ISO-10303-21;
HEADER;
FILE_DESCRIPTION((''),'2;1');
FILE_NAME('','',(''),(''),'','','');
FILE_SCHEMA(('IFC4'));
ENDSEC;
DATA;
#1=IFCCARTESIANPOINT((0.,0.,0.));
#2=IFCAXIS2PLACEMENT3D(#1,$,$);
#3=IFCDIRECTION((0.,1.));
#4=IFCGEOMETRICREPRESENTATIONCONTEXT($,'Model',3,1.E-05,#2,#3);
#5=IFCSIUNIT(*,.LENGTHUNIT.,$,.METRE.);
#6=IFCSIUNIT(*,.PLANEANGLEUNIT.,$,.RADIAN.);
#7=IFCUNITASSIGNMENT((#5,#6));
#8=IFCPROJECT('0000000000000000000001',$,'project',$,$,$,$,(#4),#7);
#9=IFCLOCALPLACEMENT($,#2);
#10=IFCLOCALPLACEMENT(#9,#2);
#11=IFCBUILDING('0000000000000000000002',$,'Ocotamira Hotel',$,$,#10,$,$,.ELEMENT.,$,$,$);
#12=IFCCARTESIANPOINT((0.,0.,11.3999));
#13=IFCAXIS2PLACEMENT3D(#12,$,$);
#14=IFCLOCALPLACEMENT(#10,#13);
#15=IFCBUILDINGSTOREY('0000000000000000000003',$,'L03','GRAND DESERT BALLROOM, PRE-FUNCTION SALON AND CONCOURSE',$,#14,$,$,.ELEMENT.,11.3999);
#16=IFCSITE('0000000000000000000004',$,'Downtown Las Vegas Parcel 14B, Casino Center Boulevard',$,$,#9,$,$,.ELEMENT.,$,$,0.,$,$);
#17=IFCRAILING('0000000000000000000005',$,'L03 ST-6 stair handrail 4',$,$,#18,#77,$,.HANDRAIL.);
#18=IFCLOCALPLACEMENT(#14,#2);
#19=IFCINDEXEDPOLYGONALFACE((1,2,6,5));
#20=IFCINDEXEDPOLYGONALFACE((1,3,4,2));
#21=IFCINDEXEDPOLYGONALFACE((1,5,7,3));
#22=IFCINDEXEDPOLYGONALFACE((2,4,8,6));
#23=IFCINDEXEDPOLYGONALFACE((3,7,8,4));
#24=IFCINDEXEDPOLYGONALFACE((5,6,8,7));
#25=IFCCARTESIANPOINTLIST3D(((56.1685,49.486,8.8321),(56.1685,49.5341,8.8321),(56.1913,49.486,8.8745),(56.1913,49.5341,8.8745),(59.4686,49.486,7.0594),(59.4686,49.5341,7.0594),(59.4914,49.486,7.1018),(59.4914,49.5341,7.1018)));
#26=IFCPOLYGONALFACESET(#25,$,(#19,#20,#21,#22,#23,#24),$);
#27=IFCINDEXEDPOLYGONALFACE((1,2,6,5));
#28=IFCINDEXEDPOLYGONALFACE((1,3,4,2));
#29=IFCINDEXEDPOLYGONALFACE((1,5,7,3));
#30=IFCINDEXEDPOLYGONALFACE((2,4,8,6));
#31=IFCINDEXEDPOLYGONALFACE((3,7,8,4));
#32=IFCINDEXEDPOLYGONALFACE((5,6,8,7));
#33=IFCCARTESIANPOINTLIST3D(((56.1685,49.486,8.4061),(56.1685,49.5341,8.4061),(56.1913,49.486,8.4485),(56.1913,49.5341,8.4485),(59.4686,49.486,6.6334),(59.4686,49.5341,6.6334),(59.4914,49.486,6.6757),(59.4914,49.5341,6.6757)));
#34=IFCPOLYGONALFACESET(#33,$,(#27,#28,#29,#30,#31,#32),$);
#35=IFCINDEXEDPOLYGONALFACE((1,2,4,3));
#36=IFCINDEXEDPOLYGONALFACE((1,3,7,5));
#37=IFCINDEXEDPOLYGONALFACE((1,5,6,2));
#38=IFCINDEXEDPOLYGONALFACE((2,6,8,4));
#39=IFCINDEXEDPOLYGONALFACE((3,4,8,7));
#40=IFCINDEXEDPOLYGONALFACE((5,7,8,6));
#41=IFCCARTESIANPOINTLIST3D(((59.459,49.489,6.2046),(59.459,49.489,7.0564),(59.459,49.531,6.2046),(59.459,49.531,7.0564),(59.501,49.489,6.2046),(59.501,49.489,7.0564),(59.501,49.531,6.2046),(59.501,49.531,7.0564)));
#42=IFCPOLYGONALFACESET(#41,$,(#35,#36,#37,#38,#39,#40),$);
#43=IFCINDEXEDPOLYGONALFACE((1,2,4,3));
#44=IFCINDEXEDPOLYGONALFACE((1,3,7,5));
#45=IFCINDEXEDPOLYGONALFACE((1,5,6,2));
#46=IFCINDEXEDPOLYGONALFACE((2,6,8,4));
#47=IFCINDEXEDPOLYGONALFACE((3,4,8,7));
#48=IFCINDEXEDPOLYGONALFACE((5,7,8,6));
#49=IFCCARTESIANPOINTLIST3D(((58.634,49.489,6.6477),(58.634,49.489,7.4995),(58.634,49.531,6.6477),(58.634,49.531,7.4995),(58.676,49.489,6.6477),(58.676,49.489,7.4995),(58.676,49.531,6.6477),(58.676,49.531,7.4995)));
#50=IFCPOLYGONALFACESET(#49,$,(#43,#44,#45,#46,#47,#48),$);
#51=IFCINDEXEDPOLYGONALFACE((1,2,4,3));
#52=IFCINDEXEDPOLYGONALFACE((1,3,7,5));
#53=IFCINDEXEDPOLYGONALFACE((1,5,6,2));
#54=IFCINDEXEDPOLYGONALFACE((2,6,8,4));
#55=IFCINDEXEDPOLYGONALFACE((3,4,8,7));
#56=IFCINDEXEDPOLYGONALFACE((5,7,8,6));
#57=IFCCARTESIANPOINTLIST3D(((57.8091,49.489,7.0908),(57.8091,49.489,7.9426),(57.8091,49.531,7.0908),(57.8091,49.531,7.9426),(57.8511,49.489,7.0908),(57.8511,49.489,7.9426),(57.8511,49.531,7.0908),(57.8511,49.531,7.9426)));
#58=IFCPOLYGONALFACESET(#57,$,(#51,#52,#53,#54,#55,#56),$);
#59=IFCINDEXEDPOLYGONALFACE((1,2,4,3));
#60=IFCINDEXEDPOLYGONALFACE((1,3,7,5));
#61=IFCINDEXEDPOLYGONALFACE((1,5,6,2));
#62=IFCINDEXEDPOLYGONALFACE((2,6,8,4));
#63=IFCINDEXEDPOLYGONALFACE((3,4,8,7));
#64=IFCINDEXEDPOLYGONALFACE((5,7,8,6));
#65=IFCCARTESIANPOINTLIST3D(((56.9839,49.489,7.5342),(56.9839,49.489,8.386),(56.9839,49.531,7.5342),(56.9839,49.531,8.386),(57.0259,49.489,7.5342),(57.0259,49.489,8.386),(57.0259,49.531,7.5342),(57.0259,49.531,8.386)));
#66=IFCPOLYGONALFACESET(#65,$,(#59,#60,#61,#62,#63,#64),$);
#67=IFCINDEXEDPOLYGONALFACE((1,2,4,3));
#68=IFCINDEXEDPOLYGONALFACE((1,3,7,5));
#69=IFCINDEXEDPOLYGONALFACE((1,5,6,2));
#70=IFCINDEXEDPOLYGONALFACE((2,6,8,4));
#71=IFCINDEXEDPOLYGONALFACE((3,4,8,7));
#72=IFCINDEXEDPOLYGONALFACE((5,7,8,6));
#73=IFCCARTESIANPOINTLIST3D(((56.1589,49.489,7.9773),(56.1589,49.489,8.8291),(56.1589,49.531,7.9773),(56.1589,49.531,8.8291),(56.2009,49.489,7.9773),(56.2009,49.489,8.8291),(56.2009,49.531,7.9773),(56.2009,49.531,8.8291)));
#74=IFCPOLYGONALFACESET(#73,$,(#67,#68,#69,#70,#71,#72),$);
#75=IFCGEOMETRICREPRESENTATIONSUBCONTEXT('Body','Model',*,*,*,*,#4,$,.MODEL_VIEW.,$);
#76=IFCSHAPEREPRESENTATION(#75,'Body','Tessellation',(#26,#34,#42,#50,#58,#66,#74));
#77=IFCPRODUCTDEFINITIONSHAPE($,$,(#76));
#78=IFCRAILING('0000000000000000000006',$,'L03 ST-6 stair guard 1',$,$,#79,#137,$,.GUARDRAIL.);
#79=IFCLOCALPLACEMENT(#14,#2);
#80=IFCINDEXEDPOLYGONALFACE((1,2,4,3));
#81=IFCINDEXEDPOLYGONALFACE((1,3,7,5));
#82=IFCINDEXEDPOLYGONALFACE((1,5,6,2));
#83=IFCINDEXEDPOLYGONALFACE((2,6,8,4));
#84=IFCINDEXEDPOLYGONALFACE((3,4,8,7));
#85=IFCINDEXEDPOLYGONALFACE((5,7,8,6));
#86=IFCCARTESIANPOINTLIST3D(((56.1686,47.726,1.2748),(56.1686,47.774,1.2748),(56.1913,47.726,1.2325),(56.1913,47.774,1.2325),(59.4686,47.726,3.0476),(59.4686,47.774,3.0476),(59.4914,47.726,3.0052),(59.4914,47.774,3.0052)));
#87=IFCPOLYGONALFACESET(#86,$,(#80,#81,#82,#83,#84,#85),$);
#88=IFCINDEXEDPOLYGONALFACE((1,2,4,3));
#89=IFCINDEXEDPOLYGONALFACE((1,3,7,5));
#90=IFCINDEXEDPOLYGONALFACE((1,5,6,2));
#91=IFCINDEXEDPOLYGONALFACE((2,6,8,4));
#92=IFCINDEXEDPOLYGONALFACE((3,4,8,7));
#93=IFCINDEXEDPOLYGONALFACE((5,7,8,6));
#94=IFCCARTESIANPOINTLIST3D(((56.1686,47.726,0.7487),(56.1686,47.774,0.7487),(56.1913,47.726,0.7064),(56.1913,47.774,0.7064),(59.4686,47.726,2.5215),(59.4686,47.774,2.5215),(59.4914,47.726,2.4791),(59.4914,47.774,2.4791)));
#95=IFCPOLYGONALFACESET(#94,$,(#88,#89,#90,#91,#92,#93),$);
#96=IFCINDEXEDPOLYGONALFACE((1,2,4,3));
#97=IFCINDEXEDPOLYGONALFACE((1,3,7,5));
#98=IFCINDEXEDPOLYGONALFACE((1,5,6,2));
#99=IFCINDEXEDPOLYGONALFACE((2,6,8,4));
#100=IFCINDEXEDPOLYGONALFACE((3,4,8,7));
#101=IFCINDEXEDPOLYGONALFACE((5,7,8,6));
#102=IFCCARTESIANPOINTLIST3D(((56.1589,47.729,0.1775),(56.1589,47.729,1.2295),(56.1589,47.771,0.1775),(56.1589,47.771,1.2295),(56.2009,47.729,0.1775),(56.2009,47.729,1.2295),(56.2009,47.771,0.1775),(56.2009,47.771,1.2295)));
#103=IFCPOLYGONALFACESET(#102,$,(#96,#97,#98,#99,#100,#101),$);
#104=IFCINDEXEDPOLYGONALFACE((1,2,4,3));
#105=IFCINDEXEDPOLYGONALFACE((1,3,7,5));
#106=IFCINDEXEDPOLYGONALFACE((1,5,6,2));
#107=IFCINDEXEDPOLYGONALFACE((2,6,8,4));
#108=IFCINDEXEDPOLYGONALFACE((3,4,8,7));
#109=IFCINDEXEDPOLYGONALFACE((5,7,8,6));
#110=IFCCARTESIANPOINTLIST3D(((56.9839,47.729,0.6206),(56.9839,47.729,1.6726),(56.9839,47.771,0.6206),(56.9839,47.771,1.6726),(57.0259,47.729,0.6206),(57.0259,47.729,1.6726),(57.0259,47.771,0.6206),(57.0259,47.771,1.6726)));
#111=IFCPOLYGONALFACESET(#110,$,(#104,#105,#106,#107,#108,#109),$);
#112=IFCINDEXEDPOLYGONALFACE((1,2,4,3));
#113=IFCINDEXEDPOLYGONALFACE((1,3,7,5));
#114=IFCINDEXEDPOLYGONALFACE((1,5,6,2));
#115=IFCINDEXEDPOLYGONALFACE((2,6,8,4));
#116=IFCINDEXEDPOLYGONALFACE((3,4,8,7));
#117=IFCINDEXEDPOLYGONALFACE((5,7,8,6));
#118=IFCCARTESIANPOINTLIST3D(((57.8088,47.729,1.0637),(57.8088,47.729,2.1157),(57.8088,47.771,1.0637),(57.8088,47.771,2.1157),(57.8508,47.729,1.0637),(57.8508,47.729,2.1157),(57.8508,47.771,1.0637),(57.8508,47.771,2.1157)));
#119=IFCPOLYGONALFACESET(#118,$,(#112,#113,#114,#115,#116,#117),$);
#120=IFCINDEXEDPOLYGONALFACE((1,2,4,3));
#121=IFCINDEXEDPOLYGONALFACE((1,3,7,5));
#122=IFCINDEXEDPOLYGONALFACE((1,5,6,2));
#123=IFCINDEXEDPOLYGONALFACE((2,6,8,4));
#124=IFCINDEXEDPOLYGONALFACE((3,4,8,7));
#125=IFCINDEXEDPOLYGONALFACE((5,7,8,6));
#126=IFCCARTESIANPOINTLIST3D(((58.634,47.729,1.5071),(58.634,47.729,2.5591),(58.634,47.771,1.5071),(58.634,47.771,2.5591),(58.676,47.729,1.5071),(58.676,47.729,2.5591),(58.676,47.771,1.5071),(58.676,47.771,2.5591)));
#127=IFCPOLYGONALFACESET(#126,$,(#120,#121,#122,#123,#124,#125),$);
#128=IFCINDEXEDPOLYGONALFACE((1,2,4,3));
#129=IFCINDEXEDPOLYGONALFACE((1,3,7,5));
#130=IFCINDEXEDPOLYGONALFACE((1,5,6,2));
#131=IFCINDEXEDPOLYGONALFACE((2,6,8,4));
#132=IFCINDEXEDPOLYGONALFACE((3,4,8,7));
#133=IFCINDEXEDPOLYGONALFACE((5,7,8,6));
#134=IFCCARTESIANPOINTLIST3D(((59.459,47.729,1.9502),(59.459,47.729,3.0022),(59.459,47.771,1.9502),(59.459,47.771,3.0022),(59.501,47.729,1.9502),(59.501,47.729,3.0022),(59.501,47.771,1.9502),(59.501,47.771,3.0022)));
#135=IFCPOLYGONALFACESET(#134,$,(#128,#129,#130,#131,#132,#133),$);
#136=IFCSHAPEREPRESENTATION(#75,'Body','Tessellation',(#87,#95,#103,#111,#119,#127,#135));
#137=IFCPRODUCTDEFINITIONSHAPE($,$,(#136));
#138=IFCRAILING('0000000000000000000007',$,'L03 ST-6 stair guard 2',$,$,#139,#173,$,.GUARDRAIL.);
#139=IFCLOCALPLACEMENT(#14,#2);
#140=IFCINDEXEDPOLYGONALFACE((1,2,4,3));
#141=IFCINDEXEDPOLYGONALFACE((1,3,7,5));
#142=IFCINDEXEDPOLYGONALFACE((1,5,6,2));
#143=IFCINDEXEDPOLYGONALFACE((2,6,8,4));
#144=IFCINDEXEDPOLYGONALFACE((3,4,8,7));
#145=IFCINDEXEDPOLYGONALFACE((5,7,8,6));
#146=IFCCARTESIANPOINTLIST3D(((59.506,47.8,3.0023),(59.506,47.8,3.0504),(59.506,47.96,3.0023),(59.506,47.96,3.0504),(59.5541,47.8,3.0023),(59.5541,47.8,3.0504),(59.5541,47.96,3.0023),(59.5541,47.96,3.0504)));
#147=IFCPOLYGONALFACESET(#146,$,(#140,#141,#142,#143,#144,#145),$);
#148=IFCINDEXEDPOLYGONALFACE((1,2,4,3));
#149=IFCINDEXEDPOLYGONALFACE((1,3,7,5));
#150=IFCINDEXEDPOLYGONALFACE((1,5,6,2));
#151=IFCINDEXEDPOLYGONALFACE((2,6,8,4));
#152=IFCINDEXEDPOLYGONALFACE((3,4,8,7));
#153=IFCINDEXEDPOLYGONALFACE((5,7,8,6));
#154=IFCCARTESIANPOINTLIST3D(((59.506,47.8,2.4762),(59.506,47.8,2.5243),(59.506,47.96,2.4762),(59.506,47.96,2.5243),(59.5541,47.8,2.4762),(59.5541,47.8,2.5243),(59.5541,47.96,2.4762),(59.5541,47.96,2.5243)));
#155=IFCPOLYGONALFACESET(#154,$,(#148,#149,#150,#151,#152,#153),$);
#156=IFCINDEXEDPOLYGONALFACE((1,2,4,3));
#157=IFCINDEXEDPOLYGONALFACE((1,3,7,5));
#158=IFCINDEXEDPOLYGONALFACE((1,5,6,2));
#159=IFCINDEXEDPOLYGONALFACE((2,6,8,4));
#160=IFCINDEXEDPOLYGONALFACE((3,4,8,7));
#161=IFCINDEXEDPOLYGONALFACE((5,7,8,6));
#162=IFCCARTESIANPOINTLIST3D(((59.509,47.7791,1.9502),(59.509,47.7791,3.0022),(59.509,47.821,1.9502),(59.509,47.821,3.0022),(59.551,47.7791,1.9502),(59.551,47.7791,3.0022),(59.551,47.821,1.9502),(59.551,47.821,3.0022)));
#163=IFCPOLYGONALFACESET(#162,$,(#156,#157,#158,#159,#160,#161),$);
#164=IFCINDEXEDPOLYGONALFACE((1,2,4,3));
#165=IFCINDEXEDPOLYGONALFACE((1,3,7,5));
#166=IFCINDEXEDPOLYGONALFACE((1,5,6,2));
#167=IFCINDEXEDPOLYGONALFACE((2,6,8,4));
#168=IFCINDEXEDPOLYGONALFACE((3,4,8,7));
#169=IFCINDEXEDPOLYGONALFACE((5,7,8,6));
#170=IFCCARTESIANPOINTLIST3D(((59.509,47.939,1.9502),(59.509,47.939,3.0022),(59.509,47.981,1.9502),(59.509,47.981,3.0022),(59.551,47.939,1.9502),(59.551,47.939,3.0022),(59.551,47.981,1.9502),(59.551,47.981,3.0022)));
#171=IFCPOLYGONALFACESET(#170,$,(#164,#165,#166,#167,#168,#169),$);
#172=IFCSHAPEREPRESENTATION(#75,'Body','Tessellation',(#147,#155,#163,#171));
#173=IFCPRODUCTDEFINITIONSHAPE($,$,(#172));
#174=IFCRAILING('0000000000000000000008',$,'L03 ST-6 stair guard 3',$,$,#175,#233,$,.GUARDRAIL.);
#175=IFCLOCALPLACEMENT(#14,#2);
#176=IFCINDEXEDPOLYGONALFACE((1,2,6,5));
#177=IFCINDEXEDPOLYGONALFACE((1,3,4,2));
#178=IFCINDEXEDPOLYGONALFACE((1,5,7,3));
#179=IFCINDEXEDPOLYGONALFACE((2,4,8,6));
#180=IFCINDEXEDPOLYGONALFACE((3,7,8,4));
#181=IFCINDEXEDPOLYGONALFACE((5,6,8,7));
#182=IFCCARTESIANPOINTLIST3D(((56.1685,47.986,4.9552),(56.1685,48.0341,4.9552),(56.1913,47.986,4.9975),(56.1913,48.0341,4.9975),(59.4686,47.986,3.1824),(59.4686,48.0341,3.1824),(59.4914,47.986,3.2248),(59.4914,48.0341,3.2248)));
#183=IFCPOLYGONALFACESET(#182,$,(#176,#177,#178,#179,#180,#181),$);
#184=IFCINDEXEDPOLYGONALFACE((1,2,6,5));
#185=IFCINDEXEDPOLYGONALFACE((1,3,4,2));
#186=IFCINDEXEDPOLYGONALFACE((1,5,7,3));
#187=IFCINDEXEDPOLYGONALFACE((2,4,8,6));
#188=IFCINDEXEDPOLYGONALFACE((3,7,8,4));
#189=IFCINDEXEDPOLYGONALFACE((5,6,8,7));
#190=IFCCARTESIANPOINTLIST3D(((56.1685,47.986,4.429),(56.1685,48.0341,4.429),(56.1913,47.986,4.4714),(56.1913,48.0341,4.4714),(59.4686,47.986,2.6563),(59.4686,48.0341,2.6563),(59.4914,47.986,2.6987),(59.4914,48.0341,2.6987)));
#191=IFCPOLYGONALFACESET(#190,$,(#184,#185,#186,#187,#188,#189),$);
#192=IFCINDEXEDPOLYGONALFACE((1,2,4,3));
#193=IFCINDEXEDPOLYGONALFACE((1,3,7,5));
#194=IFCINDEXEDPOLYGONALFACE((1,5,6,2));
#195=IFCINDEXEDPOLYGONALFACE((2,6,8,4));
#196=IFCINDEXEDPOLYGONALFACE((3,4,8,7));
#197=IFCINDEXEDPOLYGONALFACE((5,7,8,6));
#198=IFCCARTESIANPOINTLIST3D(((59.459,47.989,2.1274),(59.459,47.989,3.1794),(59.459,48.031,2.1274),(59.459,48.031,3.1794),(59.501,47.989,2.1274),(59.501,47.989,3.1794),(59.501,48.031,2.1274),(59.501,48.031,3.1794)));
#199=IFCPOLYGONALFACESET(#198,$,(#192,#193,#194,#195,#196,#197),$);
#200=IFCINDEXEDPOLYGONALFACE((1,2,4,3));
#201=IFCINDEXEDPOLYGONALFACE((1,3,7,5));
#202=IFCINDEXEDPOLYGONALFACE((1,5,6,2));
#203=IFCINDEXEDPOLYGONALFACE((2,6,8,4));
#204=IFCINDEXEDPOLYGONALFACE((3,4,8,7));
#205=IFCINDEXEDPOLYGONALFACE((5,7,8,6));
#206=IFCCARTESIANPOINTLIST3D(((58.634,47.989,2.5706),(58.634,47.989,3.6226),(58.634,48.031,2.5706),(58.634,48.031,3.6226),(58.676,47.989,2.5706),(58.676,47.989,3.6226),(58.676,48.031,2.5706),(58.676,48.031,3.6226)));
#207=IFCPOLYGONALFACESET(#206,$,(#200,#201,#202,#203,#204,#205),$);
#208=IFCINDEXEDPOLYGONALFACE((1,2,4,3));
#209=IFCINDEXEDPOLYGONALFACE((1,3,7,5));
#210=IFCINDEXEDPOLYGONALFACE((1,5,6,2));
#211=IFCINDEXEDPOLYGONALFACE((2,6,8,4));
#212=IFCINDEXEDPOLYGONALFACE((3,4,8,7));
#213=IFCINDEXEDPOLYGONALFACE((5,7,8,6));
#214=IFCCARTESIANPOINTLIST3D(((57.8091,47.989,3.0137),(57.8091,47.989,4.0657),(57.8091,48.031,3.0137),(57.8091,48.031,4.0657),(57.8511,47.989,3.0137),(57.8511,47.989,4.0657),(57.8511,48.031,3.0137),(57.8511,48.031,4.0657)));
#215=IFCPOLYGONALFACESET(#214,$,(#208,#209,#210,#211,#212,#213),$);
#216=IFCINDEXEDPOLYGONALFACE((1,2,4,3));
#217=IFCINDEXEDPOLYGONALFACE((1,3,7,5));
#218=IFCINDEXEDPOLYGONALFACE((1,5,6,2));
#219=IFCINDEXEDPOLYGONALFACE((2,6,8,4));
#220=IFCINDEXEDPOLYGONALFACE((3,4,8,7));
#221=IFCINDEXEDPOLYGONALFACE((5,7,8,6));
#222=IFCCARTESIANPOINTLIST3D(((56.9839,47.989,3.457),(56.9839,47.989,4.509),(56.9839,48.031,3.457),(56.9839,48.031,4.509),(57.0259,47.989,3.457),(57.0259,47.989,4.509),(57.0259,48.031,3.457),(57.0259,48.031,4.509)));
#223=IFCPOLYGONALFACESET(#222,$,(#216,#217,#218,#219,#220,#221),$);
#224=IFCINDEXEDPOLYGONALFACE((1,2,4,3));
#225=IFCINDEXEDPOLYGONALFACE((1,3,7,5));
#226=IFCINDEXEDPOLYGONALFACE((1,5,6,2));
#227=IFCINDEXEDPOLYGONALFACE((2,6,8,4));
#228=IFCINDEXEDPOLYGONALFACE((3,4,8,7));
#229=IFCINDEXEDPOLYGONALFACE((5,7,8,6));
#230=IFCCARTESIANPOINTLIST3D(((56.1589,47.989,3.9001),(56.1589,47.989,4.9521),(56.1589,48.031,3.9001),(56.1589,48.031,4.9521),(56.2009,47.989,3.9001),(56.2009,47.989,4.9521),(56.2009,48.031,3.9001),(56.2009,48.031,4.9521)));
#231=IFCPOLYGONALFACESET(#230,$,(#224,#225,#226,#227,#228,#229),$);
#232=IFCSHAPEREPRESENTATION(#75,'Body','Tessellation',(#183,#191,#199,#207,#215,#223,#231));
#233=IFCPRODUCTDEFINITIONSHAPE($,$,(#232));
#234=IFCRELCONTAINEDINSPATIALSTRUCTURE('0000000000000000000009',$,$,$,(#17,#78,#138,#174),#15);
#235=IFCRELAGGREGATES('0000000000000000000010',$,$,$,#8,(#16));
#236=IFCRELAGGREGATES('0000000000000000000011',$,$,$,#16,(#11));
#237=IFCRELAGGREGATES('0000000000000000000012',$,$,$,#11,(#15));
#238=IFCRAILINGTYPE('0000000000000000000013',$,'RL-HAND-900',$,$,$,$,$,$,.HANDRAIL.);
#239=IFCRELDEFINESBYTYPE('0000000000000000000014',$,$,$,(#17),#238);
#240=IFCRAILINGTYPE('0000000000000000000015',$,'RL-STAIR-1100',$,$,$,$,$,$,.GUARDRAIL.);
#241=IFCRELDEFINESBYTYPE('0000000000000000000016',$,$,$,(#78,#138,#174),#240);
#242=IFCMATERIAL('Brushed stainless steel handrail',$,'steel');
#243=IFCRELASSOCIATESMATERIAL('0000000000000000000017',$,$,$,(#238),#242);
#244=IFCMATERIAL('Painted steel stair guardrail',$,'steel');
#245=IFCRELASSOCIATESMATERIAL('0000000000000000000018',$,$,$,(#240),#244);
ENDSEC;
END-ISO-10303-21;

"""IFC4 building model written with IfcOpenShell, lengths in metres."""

from ifc_helpers import new_model, si_unit, direction, frame, origin, origin_2d, place, context, subcontext, project, spatial, rectangle, extrude, material, type_object, element, save


model = new_model("IFC4")

# Units and contexts
model_context = context("Model", 3, precision=1e-05, world=origin(), true_north=direction((0.0, 1.0)))
body_context = subcontext(model_context, "Body", "Model", "MODEL_VIEW")
ifc_project = project(units=[si_unit("LENGTHUNIT", "METRE"), si_unit("PLANEANGLEUNIT", "RADIAN")], contexts=[model_context])

# Site, building, storey
site_placement = place(None, origin())
site = spatial("IfcSite", under=ifc_project, at=site_placement, Name="Downtown Las Vegas Parcel 14B, Casino Center Boulevard", CompositionType="ELEMENT", RefElevation=0.0)
building_placement = place(site_placement, origin())
building = spatial("IfcBuilding", under=site, at=building_placement, Name="Ocotamira Hotel", CompositionType="ELEMENT")
storey_placement = place(building_placement, frame((0.0, 0.0, 11.3999)))
storey = spatial("IfcBuildingStorey", under=building, at=storey_placement, Name="L03", Description="GRAND DESERT BALLROOM, PRE-FUNCTION SALON AND CONCOURSE", CompositionType="ELEMENT", Elevation=11.3999)

# Railings
ifc_material_1 = material(Name="Brushed stainless steel handrail", Category="steel")
railing_type_1 = type_object("IfcRailingType", Name="RL-HAND-900", PredefinedType="HANDRAIL", material=ifc_material_1)
railing_1_placement = place(storey_placement, frame((59.48, 49.51, 6.2046)))
element("IfcRailing", 1, at=railing_1_placement, inside=storey, type_object=railing_type_1, Name="L03 ST-6 stair handrail 4", PredefinedType="HANDRAIL", context=body_context, shape_type="SweptSolid", body=[
    extrude(rectangle(XDim=0.0481, YDim=0.0481, at=origin_2d()), frame((0.0, 0.0, 0.876), z_axis=(-0.880944, 0.0, 0.473221), x_axis=(0.0, -1.0, 0.0)), (0.0, 0.0, 1.0), 3.7461),
    extrude(rectangle(XDim=0.0481, YDim=0.0481, at=origin_2d()), frame((0.0, 0.0, 0.45), z_axis=(-0.880944, 0.0, 0.473221), x_axis=(0.0, -1.0, 0.0)), (0.0, 0.0, 1.0), 3.7461),
    extrude(rectangle(XDim=0.042, YDim=0.042, at=origin_2d()), origin(), (0.0, 0.0, 1.0), 0.8518),
    extrude(rectangle(XDim=0.042, YDim=0.042, at=origin_2d()), frame((-0.825, 0.0, 0.4431)), (0.0, 0.0, 1.0), 0.8518),
    extrude(rectangle(XDim=0.042, YDim=0.042, at=origin_2d()), frame((-1.6499, 0.0, 0.8862)), (0.0, 0.0, 1.0), 0.8518),
    extrude(rectangle(XDim=0.042, YDim=0.042, at=origin_2d()), frame((-2.4751, 0.0, 1.3296)), (0.0, 0.0, 1.0), 0.8518),
    extrude(rectangle(XDim=0.042, YDim=0.042, at=origin_2d()), frame((-3.3, 0.0, 1.7727)), (0.0, 0.0, 1.0), 0.8518),
])
ifc_material_2 = material(Name="Painted steel stair guardrail", Category="steel")
railing_type_2 = type_object("IfcRailingType", Name="RL-STAIR-1100", PredefinedType="GUARDRAIL", material=ifc_material_2)
railing_2_placement = place(storey_placement, frame((56.1799, 47.75, 0.1775)))
element("IfcRailing", 2, at=railing_2_placement, inside=storey, type_object=railing_type_2, Name="L03 ST-6 stair guard 1", PredefinedType="GUARDRAIL", context=body_context, shape_type="SweptSolid", body=[
    extrude(rectangle(XDim=0.0481, YDim=0.0481, at=origin_2d()), frame((0.0, 0.0, 1.0762), z_axis=(0.880944, 0.0, 0.473221), x_axis=(0.0, 1.0, 0.0)), (0.0, 0.0, 1.0), 3.7461),
    extrude(rectangle(XDim=0.0481, YDim=0.0481, at=origin_2d()), frame((0.0, 0.0, 0.55), z_axis=(0.880944, 0.0, 0.473221), x_axis=(0.0, 1.0, 0.0)), (0.0, 0.0, 1.0), 3.7461),
    extrude(rectangle(XDim=0.042, YDim=0.042, at=origin_2d()), origin(), (0.0, 0.0, 1.0), 1.052),
    extrude(rectangle(XDim=0.042, YDim=0.042, at=origin_2d()), frame((0.825, 0.0, 0.4431)), (0.0, 0.0, 1.0), 1.052),
    extrude(rectangle(XDim=0.042, YDim=0.042, at=origin_2d()), frame((1.6499, 0.0, 0.8862)), (0.0, 0.0, 1.0), 1.052),
    extrude(rectangle(XDim=0.042, YDim=0.042, at=origin_2d()), frame((2.4751, 0.0, 1.3296)), (0.0, 0.0, 1.0), 1.052),
    extrude(rectangle(XDim=0.042, YDim=0.042, at=origin_2d()), frame((3.3, 0.0, 1.7727)), (0.0, 0.0, 1.0), 1.052),
])
railing_3_placement = place(storey_placement, frame((59.53, 47.8, 1.9502)))
element("IfcRailing", 3, at=railing_3_placement, inside=storey, type_object=railing_type_2, Name="L03 ST-6 stair guard 2", PredefinedType="GUARDRAIL", context=body_context, shape_type="SweptSolid", body=[
    extrude(rectangle(XDim=0.0481, YDim=0.0481, at=origin_2d()), frame((0.0, 0.0, 1.0762), z_axis=(0.0, 1.0, 0.0), x_axis=(-1.0, 0.0, 0.0)), (0.0, 0.0, 1.0), 0.1599),
    extrude(rectangle(XDim=0.0481, YDim=0.0481, at=origin_2d()), frame((0.0, 0.0, 0.55), z_axis=(0.0, 1.0, 0.0), x_axis=(-1.0, 0.0, 0.0)), (0.0, 0.0, 1.0), 0.1599),
    extrude(rectangle(XDim=0.042, YDim=0.042, at=origin_2d()), origin(), (0.0, 0.0, 1.0), 1.052),
    extrude(rectangle(XDim=0.042, YDim=0.042, at=origin_2d()), frame((0.0, 0.1599, 0.0)), (0.0, 0.0, 1.0), 1.052),
])
railing_4_placement = place(storey_placement, frame((59.48, 48.01, 2.1274)))
element("IfcRailing", 4, at=railing_4_placement, inside=storey, type_object=railing_type_2, Name="L03 ST-6 stair guard 3", PredefinedType="GUARDRAIL", context=body_context, shape_type="SweptSolid", body=[
    extrude(rectangle(XDim=0.0481, YDim=0.0481, at=origin_2d()), frame((0.0, 0.0, 1.0762), z_axis=(-0.880944, 0.0, 0.473221), x_axis=(0.0, -1.0, 0.0)), (0.0, 0.0, 1.0), 3.7461),
    extrude(rectangle(XDim=0.0481, YDim=0.0481, at=origin_2d()), frame((0.0, 0.0, 0.55), z_axis=(-0.880944, 0.0, 0.473221), x_axis=(0.0, -1.0, 0.0)), (0.0, 0.0, 1.0), 3.7461),
    extrude(rectangle(XDim=0.042, YDim=0.042, at=origin_2d()), origin(), (0.0, 0.0, 1.0), 1.052),
    extrude(rectangle(XDim=0.042, YDim=0.042, at=origin_2d()), frame((-0.825, 0.0, 0.4431)), (0.0, 0.0, 1.0), 1.052),
    extrude(rectangle(XDim=0.042, YDim=0.042, at=origin_2d()), frame((-1.6499, 0.0, 0.8862)), (0.0, 0.0, 1.0), 1.052),
    extrude(rectangle(XDim=0.042, YDim=0.042, at=origin_2d()), frame((-2.4751, 0.0, 1.3296)), (0.0, 0.0, 1.0), 1.052),
    extrude(rectangle(XDim=0.042, YDim=0.042, at=origin_2d()), frame((-3.3, 0.0, 1.7727)), (0.0, 0.0, 1.0), 1.052),
])

save(model, "model.ifc")
